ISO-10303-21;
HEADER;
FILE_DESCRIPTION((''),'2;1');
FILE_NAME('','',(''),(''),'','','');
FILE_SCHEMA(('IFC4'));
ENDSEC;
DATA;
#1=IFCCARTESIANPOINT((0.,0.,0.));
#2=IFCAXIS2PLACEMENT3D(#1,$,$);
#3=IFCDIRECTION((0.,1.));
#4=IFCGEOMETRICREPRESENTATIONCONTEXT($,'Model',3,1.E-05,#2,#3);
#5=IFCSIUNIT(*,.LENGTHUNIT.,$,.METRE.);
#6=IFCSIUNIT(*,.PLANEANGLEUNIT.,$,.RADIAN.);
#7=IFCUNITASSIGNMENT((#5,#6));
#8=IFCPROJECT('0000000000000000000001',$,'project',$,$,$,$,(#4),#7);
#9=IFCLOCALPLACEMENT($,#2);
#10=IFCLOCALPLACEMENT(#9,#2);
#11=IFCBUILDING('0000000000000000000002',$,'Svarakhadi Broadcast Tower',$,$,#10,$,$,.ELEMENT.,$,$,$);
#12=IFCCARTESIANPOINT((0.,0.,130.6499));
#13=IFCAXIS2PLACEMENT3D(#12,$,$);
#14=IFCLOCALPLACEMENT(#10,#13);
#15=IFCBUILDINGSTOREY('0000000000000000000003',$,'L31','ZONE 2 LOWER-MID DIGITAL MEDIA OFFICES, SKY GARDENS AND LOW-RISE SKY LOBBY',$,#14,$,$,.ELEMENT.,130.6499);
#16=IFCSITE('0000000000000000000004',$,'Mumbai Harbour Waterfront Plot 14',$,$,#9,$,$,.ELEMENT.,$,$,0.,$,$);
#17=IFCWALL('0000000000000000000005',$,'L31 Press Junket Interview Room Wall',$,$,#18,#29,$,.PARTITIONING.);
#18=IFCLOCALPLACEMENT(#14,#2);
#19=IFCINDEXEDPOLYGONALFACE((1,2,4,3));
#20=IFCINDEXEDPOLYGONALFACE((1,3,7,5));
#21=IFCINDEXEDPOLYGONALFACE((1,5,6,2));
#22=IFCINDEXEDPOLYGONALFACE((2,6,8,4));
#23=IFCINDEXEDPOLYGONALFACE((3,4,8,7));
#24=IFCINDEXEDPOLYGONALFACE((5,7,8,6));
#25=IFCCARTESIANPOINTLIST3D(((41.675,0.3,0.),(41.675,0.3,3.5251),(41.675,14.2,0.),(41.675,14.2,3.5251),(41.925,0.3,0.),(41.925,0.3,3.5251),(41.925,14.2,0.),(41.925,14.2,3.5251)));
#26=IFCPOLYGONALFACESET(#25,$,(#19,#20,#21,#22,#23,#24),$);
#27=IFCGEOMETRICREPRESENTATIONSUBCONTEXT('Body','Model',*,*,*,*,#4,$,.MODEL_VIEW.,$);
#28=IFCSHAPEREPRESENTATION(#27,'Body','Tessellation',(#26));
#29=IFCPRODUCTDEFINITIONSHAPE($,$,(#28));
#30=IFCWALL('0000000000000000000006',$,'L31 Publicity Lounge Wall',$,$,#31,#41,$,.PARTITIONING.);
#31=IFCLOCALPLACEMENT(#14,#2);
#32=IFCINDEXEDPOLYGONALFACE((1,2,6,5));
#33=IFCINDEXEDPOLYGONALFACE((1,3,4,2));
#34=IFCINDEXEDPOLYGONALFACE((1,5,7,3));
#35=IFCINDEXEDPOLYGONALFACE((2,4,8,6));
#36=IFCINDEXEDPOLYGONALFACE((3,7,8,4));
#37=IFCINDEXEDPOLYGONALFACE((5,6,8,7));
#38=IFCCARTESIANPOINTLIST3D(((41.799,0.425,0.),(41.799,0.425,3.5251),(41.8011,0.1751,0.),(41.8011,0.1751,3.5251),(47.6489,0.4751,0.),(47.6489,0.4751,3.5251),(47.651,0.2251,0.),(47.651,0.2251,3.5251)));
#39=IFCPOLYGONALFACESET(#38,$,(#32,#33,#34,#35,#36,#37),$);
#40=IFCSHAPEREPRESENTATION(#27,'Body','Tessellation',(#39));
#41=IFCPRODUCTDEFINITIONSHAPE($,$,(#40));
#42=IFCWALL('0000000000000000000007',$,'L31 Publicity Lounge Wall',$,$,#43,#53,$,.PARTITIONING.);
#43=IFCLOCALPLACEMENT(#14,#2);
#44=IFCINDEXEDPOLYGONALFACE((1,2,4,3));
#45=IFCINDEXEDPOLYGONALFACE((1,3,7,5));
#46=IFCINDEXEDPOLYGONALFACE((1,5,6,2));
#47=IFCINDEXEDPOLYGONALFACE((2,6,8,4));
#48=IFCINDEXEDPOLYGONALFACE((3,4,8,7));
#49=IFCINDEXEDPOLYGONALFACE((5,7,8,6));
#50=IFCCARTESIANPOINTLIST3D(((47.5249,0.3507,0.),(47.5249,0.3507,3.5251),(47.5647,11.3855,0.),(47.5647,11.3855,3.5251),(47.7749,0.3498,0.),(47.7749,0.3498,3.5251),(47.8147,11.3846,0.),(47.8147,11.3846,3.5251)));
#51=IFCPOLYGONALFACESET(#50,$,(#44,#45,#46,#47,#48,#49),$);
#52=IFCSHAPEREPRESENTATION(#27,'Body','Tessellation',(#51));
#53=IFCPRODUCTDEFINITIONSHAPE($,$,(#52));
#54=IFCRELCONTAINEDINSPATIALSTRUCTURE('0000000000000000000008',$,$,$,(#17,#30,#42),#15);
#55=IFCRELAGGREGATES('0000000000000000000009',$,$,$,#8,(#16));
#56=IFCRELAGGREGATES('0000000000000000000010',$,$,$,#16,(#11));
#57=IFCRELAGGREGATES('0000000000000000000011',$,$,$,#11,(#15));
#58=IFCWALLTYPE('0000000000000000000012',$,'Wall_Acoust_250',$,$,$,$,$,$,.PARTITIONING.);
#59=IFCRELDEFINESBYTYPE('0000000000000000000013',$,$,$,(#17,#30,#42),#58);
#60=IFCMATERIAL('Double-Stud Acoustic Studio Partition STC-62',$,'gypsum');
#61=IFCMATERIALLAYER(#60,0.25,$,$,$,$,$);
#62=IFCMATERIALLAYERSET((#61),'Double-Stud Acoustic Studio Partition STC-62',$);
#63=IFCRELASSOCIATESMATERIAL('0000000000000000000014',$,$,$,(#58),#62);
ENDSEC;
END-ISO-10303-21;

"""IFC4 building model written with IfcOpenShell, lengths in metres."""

from ifc_helpers import new_model, si_unit, direction, frame, frame_2d, origin, place, context, subcontext, project, spatial, rectangle, extrude, material, layer, layer_set, type_object, element, save


model = new_model("IFC4")

# Units and contexts
model_context = context("Model", 3, precision=1e-05, world=origin(), true_north=direction((0.0, 1.0)))
body_context = subcontext(model_context, "Body", "Model", "MODEL_VIEW")
ifc_project = project(units=[si_unit("LENGTHUNIT", "METRE"), si_unit("PLANEANGLEUNIT", "RADIAN")], contexts=[model_context])

# Site, building, storey
site_placement = place(None, origin())
site = spatial("IfcSite", under=ifc_project, at=site_placement, Name="Mumbai Harbour Waterfront Plot 14", CompositionType="ELEMENT", RefElevation=0.0)
building_placement = place(site_placement, origin())
building = spatial("IfcBuilding", under=site, at=building_placement, Name="Svarakhadi Broadcast Tower", CompositionType="ELEMENT")
storey_placement = place(building_placement, frame((0.0, 0.0, 130.6499)))
storey = spatial("IfcBuildingStorey", under=building, at=storey_placement, Name="L31", Description="ZONE 2 LOWER-MID DIGITAL MEDIA OFFICES, SKY GARDENS AND LOW-RISE SKY LOBBY", CompositionType="ELEMENT", Elevation=130.6499)

# Walls
ifc_material_1 = material(Name="Double-Stud Acoustic Studio Partition STC-62", Category="gypsum")
ifc_layer_1 = layer(ifc_material_1, 0.25)
ifc_layer_set_1 = layer_set([ifc_layer_1], Name="Double-Stud Acoustic Studio Partition STC-62")
wall_type = type_object("IfcWallType", Name="Wall_Acoust_250", PredefinedType="PARTITIONING", material=ifc_layer_set_1)
wall_1_placement = place(storey_placement, frame((41.8, 0.3, 0.0), z_axis=(0.0, 0.0, 1.0), x_axis=(0.0, 1.0, 0.0)))
element("IfcWall", 1, at=wall_1_placement, inside=storey, type_object=wall_type, Name="L31 Press Junket Interview Room Wall", PredefinedType="PARTITIONING", context=body_context, shape_type="SweptSolid", body=[
    extrude(rectangle(XDim=13.8999, YDim=0.25, at=frame_2d((6.95, 0.0))), origin(), (0.0, 0.0, 1.0), 3.5251),
])
wall_2_placement = place(storey_placement, frame((41.8, 0.3, 0.0), z_axis=(0.0, 0.0, 1.0), x_axis=(0.999963, 0.008555, 0.0)))
element("IfcWall", 2, at=wall_2_placement, inside=storey, type_object=wall_type, Name="L31 Publicity Lounge Wall", PredefinedType="PARTITIONING", context=body_context, shape_type="SweptSolid", body=[
    extrude(rectangle(XDim=5.8501, YDim=0.25, at=frame_2d((2.925, 0.0))), origin(), (0.0, 0.0, 1.0), 3.5251),
])
wall_3_placement = place(storey_placement, frame((47.6499, 0.3501, 0.0), z_axis=(0.0, 0.0, 1.0), x_axis=(0.003606, 0.999993, 0.0)))
element("IfcWall", 3, at=wall_3_placement, inside=storey, type_object=wall_type, Name="L31 Publicity Lounge Wall", PredefinedType="PARTITIONING", context=body_context, shape_type="SweptSolid", body=[
    extrude(rectangle(XDim=11.0349, YDim=0.25, at=frame_2d((5.5176, 0.0))), origin(), (0.0, 0.0, 1.0), 3.5251),
])

save(model, "model.ifc")
